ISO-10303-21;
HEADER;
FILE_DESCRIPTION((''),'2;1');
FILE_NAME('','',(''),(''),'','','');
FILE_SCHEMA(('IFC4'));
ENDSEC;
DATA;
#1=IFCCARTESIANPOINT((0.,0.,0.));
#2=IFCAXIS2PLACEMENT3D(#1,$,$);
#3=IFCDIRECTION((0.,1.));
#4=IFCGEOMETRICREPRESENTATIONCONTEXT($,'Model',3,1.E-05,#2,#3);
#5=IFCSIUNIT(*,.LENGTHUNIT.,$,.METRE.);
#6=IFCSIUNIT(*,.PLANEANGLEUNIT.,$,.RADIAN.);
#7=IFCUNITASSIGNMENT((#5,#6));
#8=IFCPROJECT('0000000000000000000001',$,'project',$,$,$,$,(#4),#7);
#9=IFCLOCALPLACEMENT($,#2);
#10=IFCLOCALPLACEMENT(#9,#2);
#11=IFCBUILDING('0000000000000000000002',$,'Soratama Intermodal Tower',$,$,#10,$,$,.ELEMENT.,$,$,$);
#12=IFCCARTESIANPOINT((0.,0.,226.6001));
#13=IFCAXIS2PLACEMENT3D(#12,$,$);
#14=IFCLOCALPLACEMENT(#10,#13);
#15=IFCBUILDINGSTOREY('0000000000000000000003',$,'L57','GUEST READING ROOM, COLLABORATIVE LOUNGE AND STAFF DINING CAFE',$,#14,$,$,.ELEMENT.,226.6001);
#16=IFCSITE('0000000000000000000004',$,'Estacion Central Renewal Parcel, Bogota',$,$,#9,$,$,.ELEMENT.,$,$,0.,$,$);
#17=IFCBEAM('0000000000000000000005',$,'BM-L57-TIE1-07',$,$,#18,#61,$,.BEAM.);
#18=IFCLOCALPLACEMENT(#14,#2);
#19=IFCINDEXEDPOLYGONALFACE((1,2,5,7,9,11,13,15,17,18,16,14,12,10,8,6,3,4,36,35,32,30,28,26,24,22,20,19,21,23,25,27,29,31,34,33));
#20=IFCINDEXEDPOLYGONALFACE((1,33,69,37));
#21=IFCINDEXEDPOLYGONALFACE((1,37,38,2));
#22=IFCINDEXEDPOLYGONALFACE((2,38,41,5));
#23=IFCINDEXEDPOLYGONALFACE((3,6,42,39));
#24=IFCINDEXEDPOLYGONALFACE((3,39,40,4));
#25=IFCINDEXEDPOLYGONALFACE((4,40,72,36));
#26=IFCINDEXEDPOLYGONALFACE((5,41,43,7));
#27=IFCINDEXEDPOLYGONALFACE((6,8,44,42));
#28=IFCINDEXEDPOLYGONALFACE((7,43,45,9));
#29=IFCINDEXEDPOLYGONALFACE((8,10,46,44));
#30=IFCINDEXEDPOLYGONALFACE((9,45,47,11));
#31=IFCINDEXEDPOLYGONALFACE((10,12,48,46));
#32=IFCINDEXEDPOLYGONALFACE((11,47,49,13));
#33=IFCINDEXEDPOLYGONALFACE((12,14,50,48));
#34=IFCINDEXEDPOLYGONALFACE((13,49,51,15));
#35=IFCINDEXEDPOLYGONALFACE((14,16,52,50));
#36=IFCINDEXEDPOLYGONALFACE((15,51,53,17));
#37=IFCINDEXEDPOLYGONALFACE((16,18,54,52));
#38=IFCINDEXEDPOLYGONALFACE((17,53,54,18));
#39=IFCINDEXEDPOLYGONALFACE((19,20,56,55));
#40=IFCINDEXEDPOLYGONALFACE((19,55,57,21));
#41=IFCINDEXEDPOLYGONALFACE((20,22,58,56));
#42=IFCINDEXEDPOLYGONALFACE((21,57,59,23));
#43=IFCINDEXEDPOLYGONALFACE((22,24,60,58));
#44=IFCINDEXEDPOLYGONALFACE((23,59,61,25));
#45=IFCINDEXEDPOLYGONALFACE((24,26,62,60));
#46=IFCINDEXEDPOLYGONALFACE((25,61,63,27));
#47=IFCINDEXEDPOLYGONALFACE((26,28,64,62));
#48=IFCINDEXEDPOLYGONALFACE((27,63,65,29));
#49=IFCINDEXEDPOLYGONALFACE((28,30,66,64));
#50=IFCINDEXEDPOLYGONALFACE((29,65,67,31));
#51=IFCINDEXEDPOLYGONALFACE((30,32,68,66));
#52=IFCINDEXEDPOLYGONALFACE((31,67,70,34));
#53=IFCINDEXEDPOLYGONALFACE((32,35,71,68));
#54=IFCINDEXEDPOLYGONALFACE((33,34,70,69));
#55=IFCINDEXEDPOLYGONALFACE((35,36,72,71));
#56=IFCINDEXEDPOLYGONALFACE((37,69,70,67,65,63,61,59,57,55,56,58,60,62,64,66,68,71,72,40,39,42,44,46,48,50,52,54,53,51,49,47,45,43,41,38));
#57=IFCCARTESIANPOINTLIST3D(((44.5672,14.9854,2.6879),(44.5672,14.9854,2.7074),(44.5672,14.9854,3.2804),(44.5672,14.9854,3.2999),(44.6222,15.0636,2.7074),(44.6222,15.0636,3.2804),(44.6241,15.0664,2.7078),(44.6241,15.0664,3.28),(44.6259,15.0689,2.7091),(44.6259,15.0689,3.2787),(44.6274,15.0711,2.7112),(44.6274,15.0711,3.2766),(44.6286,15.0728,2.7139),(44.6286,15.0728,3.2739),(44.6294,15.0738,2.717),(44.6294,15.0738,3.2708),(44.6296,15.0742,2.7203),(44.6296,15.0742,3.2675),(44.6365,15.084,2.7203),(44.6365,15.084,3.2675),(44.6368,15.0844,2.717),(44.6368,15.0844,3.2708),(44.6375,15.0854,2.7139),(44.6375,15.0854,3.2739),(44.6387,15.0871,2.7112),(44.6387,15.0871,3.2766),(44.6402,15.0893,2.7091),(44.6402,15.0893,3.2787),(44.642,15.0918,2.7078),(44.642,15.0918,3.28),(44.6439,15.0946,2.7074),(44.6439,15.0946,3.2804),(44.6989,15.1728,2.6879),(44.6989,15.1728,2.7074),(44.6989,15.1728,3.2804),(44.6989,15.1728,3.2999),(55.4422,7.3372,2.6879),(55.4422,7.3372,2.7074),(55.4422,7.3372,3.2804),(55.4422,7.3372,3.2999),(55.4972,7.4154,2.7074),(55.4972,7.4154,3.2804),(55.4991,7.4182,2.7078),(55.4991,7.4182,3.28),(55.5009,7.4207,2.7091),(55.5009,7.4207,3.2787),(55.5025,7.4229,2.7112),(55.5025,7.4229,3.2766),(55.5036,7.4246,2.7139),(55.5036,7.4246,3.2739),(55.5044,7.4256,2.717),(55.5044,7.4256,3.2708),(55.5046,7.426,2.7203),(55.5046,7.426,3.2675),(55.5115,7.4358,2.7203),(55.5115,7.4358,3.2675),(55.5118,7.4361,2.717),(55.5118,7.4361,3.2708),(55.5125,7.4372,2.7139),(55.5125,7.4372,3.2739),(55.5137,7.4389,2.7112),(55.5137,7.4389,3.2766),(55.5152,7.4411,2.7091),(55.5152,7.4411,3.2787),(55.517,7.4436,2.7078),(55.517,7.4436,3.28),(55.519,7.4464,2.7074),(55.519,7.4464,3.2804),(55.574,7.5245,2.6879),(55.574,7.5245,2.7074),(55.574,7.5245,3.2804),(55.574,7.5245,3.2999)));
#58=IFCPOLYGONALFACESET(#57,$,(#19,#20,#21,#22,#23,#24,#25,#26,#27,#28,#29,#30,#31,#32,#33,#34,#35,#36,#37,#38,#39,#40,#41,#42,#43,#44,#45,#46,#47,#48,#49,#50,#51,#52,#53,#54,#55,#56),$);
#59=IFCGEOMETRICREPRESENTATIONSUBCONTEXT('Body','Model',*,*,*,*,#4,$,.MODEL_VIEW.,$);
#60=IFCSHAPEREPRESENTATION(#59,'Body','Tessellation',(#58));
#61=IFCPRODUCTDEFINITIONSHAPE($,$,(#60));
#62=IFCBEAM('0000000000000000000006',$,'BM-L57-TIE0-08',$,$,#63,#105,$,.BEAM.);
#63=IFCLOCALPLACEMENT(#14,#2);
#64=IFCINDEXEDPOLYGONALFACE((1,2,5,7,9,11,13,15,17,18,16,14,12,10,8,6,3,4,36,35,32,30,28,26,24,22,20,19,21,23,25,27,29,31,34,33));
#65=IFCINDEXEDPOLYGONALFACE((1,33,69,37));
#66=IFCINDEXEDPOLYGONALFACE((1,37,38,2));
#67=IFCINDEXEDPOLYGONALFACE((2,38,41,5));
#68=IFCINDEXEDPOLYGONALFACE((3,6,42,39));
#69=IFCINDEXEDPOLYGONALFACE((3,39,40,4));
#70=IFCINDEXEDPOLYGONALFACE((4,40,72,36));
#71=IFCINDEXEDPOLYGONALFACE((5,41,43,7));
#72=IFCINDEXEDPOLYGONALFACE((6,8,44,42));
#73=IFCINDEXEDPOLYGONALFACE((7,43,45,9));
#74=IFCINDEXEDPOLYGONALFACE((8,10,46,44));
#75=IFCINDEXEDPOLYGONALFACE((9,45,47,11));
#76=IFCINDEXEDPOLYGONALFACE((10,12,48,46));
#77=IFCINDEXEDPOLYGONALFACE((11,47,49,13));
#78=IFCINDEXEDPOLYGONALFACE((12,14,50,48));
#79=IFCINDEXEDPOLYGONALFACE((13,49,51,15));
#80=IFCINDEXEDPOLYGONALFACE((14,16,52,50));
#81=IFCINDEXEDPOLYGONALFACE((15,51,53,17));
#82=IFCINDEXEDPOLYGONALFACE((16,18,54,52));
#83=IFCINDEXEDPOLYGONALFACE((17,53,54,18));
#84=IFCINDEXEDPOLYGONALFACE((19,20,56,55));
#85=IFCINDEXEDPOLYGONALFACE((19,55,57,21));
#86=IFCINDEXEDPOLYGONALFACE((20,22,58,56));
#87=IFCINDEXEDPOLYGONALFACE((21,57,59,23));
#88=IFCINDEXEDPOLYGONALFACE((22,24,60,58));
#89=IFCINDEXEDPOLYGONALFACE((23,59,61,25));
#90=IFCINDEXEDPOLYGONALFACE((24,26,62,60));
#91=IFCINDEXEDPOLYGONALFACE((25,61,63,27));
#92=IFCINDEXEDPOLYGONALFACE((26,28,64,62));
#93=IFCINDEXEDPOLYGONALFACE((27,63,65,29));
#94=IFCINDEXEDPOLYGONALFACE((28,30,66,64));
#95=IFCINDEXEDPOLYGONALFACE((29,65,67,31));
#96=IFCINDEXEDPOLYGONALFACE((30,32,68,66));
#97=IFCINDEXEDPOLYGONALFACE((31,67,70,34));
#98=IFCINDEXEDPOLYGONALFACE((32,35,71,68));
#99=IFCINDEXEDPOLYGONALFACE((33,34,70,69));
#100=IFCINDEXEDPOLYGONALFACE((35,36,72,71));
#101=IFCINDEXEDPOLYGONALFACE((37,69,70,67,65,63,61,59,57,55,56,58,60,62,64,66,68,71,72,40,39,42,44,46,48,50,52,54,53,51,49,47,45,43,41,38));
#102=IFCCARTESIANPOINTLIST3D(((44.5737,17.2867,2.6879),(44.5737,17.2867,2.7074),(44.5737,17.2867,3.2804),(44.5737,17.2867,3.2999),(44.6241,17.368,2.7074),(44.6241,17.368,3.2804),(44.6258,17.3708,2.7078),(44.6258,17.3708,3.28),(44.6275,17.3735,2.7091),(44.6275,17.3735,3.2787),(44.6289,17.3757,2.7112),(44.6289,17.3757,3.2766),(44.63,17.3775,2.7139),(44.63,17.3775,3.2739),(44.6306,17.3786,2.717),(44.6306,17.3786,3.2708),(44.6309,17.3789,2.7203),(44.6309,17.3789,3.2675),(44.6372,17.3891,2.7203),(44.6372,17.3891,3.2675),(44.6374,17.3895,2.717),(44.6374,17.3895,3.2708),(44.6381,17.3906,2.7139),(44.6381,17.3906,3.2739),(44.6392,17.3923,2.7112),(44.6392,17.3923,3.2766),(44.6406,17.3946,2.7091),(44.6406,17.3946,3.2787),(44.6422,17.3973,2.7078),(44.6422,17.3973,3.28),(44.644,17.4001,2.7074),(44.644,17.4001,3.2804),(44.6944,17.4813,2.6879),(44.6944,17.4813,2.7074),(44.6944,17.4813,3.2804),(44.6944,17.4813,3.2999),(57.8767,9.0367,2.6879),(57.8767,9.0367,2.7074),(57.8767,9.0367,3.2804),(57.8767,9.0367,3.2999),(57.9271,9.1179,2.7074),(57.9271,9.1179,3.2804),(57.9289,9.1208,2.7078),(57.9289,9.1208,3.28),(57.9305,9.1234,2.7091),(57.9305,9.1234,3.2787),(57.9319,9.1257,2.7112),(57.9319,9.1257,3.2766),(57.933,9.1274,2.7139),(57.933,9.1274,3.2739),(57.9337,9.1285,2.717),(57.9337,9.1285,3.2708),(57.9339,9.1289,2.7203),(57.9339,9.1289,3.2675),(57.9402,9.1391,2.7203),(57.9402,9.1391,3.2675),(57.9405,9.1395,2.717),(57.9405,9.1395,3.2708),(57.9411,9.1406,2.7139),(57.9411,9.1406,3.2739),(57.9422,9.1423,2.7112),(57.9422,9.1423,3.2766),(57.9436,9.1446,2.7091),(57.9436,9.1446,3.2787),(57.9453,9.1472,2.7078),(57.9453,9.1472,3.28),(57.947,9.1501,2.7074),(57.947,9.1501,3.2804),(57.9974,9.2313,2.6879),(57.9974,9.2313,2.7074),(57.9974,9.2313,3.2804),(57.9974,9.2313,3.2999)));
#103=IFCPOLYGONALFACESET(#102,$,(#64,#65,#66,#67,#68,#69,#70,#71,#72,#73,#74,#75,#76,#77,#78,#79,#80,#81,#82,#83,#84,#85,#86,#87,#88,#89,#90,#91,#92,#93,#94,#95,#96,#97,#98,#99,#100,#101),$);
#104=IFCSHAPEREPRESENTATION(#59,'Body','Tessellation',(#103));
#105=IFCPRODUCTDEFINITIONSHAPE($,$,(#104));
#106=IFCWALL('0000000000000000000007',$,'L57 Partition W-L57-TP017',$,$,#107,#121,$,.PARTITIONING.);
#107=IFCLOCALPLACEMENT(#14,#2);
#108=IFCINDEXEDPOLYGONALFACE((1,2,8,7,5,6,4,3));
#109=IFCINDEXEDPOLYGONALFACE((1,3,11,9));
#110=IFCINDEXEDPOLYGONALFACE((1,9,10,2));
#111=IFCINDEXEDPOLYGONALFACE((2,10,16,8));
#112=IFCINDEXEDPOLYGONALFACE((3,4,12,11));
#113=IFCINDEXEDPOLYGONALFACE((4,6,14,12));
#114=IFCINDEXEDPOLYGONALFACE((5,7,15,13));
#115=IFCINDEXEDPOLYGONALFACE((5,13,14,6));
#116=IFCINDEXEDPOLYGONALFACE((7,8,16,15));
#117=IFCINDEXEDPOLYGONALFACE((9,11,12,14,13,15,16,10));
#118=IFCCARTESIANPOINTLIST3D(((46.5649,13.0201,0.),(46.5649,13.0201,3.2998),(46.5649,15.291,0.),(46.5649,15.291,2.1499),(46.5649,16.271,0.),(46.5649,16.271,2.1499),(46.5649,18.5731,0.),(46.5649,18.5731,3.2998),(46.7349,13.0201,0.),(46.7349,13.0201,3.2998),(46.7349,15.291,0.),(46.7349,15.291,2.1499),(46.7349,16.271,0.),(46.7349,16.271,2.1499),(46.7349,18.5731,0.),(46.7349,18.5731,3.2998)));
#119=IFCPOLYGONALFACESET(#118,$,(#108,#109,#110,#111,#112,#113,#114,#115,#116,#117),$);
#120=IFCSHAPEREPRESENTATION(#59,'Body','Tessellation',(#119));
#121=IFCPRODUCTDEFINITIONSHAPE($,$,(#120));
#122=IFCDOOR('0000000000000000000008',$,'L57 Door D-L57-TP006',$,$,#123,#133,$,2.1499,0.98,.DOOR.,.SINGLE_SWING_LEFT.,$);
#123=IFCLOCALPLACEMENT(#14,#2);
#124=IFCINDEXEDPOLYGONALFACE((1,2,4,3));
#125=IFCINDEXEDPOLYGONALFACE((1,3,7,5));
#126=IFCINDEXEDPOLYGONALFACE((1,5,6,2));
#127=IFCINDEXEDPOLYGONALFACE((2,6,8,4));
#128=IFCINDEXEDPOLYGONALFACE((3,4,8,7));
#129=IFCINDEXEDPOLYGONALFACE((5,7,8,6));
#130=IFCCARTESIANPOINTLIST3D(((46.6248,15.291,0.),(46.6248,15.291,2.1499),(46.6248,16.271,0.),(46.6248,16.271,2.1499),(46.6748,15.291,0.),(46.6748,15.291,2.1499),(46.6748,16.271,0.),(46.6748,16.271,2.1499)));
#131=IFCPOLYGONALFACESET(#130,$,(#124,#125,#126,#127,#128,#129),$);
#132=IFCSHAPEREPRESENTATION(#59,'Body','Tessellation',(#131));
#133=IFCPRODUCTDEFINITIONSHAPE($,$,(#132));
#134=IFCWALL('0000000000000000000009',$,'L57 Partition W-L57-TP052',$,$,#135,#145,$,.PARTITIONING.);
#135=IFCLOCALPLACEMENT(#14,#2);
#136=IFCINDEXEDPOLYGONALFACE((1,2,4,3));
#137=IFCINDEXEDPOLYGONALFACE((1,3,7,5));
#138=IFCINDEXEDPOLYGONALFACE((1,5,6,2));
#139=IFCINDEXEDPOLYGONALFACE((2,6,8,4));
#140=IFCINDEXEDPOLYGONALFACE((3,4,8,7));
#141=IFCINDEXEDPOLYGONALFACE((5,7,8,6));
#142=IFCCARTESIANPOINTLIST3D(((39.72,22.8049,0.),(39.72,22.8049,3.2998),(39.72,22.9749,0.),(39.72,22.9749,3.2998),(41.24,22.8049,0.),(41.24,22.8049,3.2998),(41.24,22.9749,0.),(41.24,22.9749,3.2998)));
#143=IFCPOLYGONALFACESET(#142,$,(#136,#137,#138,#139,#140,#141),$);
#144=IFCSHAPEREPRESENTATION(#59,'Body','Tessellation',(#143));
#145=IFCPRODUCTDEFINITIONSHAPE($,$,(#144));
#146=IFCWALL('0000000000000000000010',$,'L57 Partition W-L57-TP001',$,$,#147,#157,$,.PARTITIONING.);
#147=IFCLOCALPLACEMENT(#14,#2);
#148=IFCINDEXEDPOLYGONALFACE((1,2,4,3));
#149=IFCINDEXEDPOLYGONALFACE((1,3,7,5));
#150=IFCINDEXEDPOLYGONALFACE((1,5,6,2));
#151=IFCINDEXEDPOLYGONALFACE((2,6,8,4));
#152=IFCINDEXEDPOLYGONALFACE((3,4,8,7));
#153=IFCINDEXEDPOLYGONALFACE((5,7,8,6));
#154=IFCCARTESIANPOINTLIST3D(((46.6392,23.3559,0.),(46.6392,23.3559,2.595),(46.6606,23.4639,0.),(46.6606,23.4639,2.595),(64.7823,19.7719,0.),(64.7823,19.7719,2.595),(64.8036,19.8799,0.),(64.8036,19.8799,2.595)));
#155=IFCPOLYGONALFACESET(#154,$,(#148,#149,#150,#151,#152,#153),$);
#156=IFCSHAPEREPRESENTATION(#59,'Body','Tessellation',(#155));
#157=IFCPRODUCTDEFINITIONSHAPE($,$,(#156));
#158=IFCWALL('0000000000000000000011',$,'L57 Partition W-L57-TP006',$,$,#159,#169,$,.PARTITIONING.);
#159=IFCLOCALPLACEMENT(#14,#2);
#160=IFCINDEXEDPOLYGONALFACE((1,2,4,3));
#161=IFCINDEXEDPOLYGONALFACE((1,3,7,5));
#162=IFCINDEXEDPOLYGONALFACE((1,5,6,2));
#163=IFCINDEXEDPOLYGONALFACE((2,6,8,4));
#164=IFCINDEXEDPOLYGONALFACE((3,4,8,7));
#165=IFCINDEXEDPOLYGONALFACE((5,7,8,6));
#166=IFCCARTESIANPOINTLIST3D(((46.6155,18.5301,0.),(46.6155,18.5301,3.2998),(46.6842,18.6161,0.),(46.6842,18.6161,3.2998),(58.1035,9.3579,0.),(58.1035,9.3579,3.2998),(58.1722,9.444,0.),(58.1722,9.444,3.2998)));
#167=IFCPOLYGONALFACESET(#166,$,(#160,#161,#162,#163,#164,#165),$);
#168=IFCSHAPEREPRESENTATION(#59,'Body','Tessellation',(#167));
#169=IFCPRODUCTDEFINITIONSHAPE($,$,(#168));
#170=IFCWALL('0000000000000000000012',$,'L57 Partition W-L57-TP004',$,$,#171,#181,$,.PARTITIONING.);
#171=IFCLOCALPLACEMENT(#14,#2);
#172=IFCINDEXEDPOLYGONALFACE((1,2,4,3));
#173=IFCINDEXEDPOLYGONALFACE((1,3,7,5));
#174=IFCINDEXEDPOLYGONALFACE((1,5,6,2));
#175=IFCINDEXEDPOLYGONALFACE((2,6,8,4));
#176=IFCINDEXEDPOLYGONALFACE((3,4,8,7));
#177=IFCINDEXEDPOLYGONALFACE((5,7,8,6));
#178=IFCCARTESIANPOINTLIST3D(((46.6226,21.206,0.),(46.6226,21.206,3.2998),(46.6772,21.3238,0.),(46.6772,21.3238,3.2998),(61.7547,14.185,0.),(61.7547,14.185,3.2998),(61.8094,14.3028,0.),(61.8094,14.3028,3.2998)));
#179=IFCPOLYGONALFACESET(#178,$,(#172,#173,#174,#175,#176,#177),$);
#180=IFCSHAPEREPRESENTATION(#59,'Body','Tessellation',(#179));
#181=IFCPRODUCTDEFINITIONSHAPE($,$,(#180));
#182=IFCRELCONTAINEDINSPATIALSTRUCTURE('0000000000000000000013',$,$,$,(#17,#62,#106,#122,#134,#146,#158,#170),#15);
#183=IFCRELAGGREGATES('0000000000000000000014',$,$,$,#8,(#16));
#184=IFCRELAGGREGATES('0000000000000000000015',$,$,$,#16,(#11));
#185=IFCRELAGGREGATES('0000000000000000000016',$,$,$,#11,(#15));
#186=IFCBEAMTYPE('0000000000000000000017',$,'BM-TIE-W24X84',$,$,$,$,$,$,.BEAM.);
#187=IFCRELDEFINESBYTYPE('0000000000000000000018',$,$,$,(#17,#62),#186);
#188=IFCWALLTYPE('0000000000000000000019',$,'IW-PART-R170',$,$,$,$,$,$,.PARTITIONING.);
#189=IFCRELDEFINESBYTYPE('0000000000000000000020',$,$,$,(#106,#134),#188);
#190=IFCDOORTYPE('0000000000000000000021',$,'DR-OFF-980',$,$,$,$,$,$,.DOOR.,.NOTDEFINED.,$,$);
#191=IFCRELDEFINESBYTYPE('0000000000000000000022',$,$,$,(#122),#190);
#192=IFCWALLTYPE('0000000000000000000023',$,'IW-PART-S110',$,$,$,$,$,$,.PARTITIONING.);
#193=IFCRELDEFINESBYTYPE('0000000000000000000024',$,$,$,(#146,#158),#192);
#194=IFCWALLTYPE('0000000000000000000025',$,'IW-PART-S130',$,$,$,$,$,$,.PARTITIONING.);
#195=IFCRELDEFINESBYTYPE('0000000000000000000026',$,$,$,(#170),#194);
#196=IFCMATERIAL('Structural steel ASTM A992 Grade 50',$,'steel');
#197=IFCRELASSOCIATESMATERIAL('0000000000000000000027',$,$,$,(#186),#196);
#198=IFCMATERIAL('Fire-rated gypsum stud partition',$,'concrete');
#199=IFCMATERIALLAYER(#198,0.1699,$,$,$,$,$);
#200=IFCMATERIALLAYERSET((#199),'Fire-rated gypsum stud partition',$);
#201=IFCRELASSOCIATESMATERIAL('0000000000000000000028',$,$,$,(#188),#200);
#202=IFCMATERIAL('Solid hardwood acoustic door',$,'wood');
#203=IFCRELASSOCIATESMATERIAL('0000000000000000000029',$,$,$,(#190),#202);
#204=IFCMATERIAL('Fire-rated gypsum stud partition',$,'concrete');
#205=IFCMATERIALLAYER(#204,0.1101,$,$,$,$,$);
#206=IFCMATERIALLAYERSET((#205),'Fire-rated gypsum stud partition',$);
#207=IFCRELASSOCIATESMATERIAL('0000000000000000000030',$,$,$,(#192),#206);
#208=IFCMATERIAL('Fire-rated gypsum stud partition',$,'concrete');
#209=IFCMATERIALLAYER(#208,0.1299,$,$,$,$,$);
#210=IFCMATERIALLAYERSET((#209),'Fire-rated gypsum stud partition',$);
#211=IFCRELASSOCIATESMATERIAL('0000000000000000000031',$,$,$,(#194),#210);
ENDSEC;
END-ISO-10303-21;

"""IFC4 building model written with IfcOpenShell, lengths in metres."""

from ifc_helpers import new_model, si_unit, direction, frame, frame_2d, origin, origin_2d, place, context, subcontext, project, spatial, rectangle, i_section, extrude, material, layer, layer_set, material_profile, profile_set, type_object, element, fill, save


model = new_model("IFC4")

# Units and contexts
model_context = context("Model", 3, precision=1e-05, world=origin(), true_north=direction((0.0, 1.0)))
body_context = subcontext(model_context, "Body", "Model", "MODEL_VIEW")
ifc_project = project(units=[si_unit("LENGTHUNIT", "METRE"), si_unit("PLANEANGLEUNIT", "RADIAN")], contexts=[model_context])

# Site, building, storey
site_placement = place(None, origin())
site = spatial("IfcSite", under=ifc_project, at=site_placement, Name="Estacion Central Renewal Parcel, Bogota", CompositionType="ELEMENT", RefElevation=0.0)
building_placement = place(site_placement, origin())
building = spatial("IfcBuilding", under=site, at=building_placement, Name="Soratama Intermodal Tower", CompositionType="ELEMENT")
storey_placement = place(building_placement, frame((0.0, 0.0, 226.6001)))
storey = spatial("IfcBuildingStorey", under=building, at=storey_placement, Name="L57", Description="GUEST READING ROOM, COLLABORATIVE LOUNGE AND STAFF DINING CAFE", CompositionType="ELEMENT", Elevation=226.6001)

# Beams
ifc_material_1 = material(Name="Structural steel ASTM A992 Grade 50", Category="steel")
ifc_material_profile_1 = material_profile(ifc_material_1, i_section(OverallWidth=0.229, OverallDepth=0.6121, WebThickness=0.012, FlangeThickness=0.0195, FilletRadius=0.0129, at=origin_2d()), Name="W24X84")
ifc_profile_set_1 = profile_set([ifc_material_profile_1], Name="Structural steel ASTM A992 Grade 50")
beam_type_1 = type_object("IfcBeamType", Name="BM-TIE-W24X84", PredefinedType="BEAM", material=ifc_profile_set_1)
beam_1_placement = place(storey_placement, frame((44.6331, 15.0791, 2.9939), z_axis=(0.817969, -0.575263, 0.0), x_axis=(0.575263, 0.817969, 0.0)))
element("IfcBeam", 1, at=beam_1_placement, inside=storey, type_object=beam_type_1, Name="BM-L57-TIE1-07", PredefinedType="BEAM", context=body_context, shape_type="SweptSolid", body=[
    extrude(i_section(OverallWidth=0.229, OverallDepth=0.6121, WebThickness=0.012, FlangeThickness=0.0195, FilletRadius=0.0129, at=origin_2d()), origin(), (0.0, 0.0, 1.0), 13.2952),
])
beam_2_placement = place(storey_placement, frame((44.634, 17.384, 2.9939), z_axis=(0.849841, -0.527039, 0.0), x_axis=(0.527039, 0.849841, 0.0)))
element("IfcBeam", 2, at=beam_2_placement, inside=storey, type_object=beam_type_1, Name="BM-L57-TIE0-08", PredefinedType="BEAM", context=body_context, shape_type="SweptSolid", body=[
    extrude(i_section(OverallWidth=0.229, OverallDepth=0.6121, WebThickness=0.012, FlangeThickness=0.0195, FilletRadius=0.0129, at=origin_2d()), origin(), (0.0, 0.0, 1.0), 15.6536),
])

# Wall, opening, door
ifc_material_2 = material(Name="Fire-rated gypsum stud partition", Category="concrete")
ifc_layer_1 = layer(ifc_material_2, 0.1699)
ifc_layer_set_1 = layer_set([ifc_layer_1], Name="Fire-rated gypsum stud partition")
wall_type_1 = type_object("IfcWallType", Name="IW-PART-R170", PredefinedType="PARTITIONING", material=ifc_layer_set_1)
wall_1_placement = place(storey_placement, frame((46.6499, 18.573, 0.0), z_axis=(0.0, 0.0, 1.0), x_axis=(0.0, -1.0, 0.0)))
wall_1 = element("IfcWall", 3, at=wall_1_placement, inside=storey, type_object=wall_type_1, Name="L57 Partition W-L57-TP017", PredefinedType="PARTITIONING", context=body_context, shape_type="SweptSolid", body=[
    extrude(rectangle(XDim=5.553, YDim=0.1699, at=frame_2d((2.7764, 0.0))), origin(), (0.0, 0.0, 1.0), 3.2998),
])
opening_1_placement = place(wall_1_placement, frame((2.302, 0.0, 0.0)))
opening_1 = element("IfcOpeningElement", 4, at=opening_1_placement, cuts=wall_1, PredefinedType="OPENING", context=body_context, shape_type="SweptSolid", body=[
    extrude(rectangle(XDim=0.98, YDim=2.1499, at=frame_2d((0.49, 1.075))), frame((0.0, 0.095, 0.0), z_axis=(0.0, -1.0, 0.0), x_axis=(1.0, 0.0, 0.0)), (0.0, 0.0, 1.0), 0.1899),
])
ifc_material_3 = material(Name="Solid hardwood acoustic door", Category="wood")
door_type_1 = type_object("IfcDoorType", Name="DR-OFF-980", OperationType="NOTDEFINED", PredefinedType="DOOR", material=ifc_material_3)
door_1_placement = place(opening_1_placement, origin())
door_1 = element("IfcDoor", 5, at=door_1_placement, inside=storey, type_object=door_type_1, Name="L57 Door D-L57-TP006", OperationType="SINGLE_SWING_LEFT", OverallHeight=2.1499, OverallWidth=0.98, PredefinedType="DOOR", context=body_context, shape_type="SweptSolid", body=[
    extrude(rectangle(XDim=0.98, YDim=2.1499, at=frame_2d((0.49, 1.075))), frame((0.0, 0.0249, 0.0), z_axis=(0.0, -1.0, 0.0), x_axis=(1.0, 0.0, 0.0)), (0.0, 0.0, 1.0), 0.05),
])
fill(opening_1, door_1)

# Walls
wall_2_placement = place(storey_placement, frame((39.72, 22.8899, 0.0), z_axis=(0.0, 0.0, 1.0), x_axis=(1.0, 0.0, 0.0)))
element("IfcWall", 6, at=wall_2_placement, inside=storey, type_object=wall_type_1, Name="L57 Partition W-L57-TP052", PredefinedType="PARTITIONING", context=body_context, shape_type="SweptSolid", body=[
    extrude(rectangle(XDim=1.52, YDim=0.1699, at=frame_2d((0.76, 0.0))), origin(), (0.0, 0.0, 1.0), 3.2998),
])
ifc_material_4 = material(Name="Fire-rated gypsum stud partition", Category="concrete")
ifc_layer_2 = layer(ifc_material_4, 0.1101)
ifc_layer_set_2 = layer_set([ifc_layer_2], Name="Fire-rated gypsum stud partition")
wall_type_2 = type_object("IfcWallType", Name="IW-PART-S110", PredefinedType="PARTITIONING", material=ifc_layer_set_2)
wall_3_placement = place(storey_placement, frame((46.6499, 23.4099, 0.0), z_axis=(0.0, 0.0, 1.0), x_axis=(0.981042, -0.193795, 0.0)))
element("IfcWall", 7, at=wall_3_placement, inside=storey, type_object=wall_type_2, Name="L57 Partition W-L57-TP001", PredefinedType="PARTITIONING", context=body_context, shape_type="SweptSolid", body=[
    extrude(rectangle(XDim=18.4937, YDim=0.1101, at=frame_2d((9.2468, 0.0))), origin(), (0.0, 0.0, 1.0), 2.595),
])
wall_4_placement = place(storey_placement, frame((46.6499, 18.573, 0.0), z_axis=(0.0, 0.0, 1.0), x_axis=(0.781476, -0.623935, 0.0)))
element("IfcWall", 8, at=wall_4_placement, inside=storey, type_object=wall_type_2, Name="L57 Partition W-L57-TP006", PredefinedType="PARTITIONING", context=body_context, shape_type="SweptSolid", body=[
    extrude(rectangle(XDim=14.7004, YDim=0.1101, at=frame_2d((7.3501, 0.0))), origin(), (0.0, 0.0, 1.0), 3.2998),
])
ifc_material_5 = material(Name="Fire-rated gypsum stud partition", Category="concrete")
ifc_layer_3 = layer(ifc_material_5, 0.1299)
ifc_layer_set_3 = layer_set([ifc_layer_3], Name="Fire-rated gypsum stud partition")
wall_type_3 = type_object("IfcWallType", Name="IW-PART-S130", PredefinedType="PARTITIONING", material=ifc_layer_set_3)
wall_5_placement = place(storey_placement, frame((46.6499, 21.2649, 0.0), z_axis=(0.0, 0.0, 1.0), x_axis=(0.907115, -0.420884, 0.0)))
element("IfcWall", 9, at=wall_5_placement, inside=storey, type_object=wall_type_3, Name="L57 Partition W-L57-TP004", PredefinedType="PARTITIONING", context=body_context, shape_type="SweptSolid", body=[
    extrude(rectangle(XDim=16.6816, YDim=0.1299, at=frame_2d((8.3408, 0.0))), origin(), (0.0, 0.0, 1.0), 3.2998),
])

save(model, "model.ifc")
